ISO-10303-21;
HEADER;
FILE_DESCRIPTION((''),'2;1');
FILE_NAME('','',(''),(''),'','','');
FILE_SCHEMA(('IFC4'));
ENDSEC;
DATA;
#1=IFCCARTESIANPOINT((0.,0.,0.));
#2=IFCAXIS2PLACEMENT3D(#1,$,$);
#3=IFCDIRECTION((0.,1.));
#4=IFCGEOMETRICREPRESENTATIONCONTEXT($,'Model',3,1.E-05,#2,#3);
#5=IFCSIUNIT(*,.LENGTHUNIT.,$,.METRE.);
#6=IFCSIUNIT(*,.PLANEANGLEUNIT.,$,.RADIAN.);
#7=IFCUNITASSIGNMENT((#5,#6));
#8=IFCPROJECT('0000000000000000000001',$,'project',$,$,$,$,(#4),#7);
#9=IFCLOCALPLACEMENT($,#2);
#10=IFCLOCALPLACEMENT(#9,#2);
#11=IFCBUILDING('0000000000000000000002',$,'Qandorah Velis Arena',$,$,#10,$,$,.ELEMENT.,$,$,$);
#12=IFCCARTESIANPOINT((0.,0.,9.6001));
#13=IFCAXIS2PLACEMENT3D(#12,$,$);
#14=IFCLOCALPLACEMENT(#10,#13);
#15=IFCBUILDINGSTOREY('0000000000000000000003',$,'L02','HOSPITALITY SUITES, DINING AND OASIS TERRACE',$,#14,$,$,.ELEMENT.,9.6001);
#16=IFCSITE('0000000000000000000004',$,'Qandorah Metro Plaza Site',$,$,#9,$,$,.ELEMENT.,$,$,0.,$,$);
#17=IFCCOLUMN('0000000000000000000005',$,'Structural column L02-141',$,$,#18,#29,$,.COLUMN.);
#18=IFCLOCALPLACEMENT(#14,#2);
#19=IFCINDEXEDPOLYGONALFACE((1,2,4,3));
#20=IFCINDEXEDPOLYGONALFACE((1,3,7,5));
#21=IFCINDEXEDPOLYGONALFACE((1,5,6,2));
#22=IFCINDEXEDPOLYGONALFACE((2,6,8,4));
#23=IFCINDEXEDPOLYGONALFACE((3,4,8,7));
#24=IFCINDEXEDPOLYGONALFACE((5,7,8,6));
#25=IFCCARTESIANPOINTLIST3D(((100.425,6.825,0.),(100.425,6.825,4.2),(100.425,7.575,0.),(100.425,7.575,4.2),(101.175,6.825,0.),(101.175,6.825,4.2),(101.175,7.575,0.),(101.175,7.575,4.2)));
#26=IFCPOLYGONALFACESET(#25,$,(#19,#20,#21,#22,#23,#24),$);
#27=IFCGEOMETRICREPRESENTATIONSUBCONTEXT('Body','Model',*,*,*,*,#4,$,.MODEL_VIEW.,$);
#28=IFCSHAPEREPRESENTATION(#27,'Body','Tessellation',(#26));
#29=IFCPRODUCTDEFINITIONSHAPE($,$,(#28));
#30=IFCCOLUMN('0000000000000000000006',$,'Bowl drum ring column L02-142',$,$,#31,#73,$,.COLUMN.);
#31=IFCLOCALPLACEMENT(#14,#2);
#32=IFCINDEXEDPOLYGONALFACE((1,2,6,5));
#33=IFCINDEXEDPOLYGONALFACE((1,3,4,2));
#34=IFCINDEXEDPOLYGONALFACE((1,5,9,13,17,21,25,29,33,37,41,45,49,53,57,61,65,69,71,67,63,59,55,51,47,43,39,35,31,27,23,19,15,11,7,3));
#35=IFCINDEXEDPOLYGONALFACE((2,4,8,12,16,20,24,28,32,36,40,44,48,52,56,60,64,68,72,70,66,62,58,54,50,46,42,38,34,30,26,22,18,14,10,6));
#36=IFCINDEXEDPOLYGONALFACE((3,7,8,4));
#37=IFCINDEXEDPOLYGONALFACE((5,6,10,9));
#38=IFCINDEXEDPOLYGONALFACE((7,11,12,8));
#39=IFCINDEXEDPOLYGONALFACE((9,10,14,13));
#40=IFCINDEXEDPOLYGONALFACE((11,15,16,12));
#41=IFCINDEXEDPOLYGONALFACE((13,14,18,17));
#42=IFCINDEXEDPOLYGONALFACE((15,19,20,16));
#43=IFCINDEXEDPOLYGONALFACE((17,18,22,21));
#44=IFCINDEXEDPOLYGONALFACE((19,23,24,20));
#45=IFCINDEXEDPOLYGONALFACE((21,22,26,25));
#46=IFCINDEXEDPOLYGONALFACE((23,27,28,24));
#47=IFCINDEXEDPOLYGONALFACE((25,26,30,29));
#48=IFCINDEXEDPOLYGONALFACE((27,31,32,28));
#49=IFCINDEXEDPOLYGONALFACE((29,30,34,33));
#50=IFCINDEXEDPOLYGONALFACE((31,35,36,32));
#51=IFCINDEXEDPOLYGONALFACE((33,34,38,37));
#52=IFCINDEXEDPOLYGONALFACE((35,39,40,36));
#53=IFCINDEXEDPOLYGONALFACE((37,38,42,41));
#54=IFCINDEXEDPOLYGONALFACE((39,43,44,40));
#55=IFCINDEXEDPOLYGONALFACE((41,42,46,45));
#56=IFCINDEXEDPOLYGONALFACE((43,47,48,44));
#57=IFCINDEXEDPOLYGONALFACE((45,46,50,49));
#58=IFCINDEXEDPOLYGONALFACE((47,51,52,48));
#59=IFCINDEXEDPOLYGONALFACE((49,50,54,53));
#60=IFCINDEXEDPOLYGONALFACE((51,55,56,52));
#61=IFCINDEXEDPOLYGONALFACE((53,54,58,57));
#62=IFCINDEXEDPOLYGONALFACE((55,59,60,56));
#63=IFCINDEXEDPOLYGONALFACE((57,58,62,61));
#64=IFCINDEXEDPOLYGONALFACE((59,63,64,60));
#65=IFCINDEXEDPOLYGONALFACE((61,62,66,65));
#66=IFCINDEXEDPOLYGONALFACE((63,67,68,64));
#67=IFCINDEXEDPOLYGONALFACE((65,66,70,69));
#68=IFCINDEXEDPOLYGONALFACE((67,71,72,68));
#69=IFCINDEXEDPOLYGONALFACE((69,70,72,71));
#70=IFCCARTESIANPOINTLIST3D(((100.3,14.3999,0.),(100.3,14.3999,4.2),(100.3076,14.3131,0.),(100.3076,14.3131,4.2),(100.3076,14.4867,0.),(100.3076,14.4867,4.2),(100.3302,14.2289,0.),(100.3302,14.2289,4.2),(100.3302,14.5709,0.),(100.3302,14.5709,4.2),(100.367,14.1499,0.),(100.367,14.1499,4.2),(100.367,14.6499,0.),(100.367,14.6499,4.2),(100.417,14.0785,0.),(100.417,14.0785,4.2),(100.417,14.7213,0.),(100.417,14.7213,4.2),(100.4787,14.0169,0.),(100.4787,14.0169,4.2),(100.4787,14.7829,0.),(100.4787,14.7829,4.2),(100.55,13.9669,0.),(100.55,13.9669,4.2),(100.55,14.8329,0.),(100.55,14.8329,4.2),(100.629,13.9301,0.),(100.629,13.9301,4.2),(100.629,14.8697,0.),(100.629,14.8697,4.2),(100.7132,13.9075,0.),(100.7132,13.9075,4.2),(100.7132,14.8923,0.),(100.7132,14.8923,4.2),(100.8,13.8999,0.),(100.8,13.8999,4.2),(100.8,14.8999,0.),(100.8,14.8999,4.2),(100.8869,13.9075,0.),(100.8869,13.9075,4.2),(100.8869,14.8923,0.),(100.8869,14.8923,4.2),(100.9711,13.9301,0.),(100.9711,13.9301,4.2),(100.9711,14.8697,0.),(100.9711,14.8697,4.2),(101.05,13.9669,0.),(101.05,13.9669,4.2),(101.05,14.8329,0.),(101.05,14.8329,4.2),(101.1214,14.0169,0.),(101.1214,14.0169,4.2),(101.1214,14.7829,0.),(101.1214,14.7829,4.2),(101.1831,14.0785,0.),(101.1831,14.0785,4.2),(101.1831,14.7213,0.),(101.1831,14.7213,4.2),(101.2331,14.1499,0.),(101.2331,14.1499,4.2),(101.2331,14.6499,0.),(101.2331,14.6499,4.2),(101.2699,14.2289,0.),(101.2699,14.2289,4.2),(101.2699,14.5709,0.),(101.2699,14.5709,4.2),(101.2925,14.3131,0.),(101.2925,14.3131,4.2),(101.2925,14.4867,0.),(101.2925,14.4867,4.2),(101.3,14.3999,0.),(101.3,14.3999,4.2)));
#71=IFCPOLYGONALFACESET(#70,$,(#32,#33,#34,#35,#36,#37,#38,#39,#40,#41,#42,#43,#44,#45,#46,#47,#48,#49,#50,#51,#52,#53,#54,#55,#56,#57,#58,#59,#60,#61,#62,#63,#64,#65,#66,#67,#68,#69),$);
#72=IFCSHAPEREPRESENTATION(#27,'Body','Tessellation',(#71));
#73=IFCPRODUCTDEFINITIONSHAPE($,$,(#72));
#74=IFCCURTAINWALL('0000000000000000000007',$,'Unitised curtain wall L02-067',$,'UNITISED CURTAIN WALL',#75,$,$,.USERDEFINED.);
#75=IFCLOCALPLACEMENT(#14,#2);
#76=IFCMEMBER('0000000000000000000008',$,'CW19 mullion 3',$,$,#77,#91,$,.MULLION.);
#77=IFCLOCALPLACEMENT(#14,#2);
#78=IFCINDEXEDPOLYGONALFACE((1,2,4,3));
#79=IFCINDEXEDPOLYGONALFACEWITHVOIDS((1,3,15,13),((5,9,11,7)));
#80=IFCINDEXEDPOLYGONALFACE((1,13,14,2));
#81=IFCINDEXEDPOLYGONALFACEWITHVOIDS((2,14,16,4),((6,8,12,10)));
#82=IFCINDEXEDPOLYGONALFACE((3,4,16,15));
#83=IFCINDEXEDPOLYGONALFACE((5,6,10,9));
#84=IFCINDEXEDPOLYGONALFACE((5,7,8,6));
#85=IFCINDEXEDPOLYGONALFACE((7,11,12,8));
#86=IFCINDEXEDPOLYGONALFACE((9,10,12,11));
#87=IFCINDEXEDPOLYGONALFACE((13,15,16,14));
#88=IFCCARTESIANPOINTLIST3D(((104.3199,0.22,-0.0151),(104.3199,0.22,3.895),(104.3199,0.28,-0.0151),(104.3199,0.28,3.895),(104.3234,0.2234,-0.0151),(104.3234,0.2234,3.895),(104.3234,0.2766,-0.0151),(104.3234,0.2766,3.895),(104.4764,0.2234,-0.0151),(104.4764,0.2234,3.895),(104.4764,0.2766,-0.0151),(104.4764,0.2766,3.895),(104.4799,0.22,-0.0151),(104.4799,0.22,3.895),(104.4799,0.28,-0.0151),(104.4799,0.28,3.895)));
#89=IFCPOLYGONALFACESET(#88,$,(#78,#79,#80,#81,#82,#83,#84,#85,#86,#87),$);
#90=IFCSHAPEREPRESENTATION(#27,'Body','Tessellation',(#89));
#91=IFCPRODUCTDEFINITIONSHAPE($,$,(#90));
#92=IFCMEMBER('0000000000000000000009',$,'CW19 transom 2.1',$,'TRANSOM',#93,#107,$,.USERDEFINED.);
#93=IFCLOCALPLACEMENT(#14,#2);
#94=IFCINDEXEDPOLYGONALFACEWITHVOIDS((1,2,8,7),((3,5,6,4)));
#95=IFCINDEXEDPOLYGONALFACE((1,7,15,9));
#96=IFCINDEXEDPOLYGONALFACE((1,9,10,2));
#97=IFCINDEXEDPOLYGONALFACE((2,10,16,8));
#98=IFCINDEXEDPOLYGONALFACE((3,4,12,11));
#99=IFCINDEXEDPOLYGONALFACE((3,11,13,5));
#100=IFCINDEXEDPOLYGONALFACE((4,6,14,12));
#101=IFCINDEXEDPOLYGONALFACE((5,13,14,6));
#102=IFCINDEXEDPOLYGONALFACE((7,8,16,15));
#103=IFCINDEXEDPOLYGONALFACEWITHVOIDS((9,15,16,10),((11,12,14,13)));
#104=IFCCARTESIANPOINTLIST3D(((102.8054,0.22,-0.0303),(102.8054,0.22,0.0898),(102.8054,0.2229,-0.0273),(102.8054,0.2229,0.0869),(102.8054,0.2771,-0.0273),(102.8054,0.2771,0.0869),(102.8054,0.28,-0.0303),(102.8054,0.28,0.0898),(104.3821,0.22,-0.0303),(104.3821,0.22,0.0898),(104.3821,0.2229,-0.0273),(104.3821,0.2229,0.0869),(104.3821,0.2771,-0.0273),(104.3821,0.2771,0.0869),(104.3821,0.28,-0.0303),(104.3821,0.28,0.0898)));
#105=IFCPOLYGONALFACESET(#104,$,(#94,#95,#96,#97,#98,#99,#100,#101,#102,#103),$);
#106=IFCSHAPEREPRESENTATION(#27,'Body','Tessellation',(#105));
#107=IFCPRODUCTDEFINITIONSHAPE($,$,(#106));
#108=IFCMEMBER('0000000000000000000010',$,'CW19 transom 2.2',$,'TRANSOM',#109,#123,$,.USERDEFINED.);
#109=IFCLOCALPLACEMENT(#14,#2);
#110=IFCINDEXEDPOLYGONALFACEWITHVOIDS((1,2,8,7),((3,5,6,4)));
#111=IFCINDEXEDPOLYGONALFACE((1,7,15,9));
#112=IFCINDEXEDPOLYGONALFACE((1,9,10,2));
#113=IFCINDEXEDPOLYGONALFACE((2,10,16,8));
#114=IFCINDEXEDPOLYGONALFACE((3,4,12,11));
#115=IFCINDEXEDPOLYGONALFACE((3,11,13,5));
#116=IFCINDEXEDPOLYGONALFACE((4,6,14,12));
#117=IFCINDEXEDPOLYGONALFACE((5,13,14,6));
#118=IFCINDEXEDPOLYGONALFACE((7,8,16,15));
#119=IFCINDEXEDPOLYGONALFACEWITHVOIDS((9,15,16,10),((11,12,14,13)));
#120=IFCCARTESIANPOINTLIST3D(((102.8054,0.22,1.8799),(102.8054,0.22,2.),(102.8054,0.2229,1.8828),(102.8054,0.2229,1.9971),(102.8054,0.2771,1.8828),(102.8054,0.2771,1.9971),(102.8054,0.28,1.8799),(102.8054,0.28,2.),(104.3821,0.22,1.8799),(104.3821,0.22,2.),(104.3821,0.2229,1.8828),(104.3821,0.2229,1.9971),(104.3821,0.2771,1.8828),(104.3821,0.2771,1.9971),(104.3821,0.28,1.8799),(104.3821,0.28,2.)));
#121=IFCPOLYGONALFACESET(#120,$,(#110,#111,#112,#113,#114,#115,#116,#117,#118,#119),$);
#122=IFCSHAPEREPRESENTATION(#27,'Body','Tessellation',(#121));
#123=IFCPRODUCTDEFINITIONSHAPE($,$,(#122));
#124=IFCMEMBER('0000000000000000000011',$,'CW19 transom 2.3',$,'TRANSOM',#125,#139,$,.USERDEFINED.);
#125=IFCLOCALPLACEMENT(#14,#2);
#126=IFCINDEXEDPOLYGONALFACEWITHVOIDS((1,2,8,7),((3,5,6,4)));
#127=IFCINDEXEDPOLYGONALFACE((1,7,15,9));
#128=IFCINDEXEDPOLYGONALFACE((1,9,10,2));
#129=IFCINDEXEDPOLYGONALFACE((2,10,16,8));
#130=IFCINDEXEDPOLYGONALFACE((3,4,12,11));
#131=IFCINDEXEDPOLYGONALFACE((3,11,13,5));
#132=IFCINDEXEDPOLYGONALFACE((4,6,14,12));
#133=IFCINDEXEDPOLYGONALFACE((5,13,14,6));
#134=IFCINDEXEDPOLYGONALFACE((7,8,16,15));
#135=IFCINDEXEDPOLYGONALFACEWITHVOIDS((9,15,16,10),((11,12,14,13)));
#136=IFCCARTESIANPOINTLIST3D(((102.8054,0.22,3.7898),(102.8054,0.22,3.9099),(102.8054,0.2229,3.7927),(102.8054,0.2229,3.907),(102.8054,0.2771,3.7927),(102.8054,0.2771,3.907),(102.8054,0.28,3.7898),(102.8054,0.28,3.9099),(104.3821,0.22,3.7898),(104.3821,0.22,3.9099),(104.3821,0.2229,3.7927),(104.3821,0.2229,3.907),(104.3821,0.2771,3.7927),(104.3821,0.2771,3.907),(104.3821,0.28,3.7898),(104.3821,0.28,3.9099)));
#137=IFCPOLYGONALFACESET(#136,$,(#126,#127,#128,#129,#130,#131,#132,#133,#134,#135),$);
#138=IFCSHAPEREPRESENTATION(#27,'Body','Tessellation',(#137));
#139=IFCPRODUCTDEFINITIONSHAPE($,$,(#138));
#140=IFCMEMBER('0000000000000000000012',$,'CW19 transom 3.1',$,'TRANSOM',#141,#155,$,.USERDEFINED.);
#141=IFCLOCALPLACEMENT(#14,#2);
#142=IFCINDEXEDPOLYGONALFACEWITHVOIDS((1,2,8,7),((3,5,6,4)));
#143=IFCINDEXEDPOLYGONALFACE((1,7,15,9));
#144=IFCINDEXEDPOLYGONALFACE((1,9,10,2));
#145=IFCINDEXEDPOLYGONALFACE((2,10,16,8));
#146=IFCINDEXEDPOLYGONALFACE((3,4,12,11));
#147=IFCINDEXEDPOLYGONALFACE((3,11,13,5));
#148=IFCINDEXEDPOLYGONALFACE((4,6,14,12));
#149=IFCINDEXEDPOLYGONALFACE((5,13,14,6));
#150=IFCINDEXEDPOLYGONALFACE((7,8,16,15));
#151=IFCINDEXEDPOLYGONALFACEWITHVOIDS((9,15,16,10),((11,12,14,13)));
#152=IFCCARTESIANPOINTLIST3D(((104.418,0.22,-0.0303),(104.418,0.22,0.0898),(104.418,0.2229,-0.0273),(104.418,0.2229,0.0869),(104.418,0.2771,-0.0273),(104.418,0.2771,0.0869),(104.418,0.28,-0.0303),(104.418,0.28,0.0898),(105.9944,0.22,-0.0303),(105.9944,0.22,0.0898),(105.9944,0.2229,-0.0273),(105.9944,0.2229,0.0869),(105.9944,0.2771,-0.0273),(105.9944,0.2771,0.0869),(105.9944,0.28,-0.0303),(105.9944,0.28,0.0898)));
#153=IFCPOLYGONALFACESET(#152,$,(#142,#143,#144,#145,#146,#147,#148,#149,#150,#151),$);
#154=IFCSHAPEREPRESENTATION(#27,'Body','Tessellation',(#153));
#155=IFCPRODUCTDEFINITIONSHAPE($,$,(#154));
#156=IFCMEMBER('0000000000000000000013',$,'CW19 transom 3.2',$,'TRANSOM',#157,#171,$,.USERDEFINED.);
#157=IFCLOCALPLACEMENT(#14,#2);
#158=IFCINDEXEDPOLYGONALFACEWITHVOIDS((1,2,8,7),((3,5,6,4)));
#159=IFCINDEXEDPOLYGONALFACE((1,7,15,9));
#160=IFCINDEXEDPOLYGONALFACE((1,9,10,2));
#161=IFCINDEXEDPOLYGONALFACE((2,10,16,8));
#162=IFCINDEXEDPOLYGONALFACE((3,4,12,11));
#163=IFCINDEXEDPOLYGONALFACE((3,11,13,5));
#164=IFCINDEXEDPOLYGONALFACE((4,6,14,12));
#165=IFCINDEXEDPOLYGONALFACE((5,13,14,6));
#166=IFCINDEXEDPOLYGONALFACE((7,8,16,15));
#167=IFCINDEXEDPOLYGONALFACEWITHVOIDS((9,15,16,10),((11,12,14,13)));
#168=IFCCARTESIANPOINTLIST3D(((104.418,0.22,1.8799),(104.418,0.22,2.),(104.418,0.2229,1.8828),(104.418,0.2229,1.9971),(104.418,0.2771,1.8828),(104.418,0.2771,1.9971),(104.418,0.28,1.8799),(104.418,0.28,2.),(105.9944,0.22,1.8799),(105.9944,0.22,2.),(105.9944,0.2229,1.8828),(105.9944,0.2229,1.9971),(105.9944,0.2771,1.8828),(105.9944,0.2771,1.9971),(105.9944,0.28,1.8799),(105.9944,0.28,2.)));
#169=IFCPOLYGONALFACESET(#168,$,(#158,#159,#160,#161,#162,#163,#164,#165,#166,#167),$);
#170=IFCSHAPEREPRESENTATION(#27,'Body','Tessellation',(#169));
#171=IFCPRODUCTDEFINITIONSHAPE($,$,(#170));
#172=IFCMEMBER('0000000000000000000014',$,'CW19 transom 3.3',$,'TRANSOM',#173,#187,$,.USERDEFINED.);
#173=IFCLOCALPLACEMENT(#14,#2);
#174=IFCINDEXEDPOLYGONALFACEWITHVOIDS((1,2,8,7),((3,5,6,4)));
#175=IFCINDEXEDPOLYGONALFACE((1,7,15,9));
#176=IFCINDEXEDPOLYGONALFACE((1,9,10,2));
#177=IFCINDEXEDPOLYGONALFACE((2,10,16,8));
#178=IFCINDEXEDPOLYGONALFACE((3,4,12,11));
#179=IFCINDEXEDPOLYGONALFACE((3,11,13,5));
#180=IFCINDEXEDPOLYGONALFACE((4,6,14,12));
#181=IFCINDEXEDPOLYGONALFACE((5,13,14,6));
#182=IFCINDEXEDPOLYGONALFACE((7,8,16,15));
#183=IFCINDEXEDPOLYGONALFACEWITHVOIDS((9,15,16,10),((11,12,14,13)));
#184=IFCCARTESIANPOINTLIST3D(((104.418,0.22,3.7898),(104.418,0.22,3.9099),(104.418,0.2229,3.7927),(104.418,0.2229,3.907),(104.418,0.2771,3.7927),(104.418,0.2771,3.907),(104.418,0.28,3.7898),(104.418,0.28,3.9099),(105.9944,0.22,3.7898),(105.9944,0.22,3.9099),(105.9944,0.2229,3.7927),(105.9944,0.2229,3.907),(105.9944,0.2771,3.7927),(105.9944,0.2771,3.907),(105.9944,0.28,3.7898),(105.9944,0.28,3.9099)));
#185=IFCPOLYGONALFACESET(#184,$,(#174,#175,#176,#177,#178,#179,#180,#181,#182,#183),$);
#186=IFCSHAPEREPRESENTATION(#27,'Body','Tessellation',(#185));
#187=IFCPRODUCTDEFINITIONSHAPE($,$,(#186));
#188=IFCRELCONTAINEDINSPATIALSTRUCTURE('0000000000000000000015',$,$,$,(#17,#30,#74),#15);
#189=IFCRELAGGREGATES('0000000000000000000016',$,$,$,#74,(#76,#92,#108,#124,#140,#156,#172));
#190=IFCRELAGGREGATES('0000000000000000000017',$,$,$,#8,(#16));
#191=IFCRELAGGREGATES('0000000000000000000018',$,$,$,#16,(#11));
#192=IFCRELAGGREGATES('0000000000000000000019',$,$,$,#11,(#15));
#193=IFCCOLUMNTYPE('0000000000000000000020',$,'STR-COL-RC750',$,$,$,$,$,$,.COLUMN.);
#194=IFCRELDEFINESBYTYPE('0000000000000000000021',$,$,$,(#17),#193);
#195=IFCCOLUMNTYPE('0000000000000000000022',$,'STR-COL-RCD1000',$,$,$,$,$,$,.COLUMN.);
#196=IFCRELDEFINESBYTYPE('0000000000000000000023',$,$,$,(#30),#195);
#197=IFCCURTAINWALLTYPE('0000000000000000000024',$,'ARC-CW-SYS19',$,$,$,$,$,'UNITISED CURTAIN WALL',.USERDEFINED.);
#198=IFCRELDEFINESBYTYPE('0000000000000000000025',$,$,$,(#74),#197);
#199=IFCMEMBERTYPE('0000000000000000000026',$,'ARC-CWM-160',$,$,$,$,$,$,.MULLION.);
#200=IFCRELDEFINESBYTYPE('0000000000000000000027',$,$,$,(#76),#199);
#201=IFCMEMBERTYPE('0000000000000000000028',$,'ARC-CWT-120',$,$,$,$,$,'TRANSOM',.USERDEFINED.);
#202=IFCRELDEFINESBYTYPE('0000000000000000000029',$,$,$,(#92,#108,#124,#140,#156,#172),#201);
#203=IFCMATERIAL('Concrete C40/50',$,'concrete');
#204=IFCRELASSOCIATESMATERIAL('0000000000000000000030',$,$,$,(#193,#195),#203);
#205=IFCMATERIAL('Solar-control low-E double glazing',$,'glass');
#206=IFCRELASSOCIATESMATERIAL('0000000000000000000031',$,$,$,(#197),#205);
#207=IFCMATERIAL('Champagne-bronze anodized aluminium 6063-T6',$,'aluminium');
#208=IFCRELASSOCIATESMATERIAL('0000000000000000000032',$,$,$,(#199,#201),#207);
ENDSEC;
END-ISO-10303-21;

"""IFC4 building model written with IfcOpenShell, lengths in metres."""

from ifc_helpers import new_model, si_unit, direction, frame, origin, origin_2d, place, context, subcontext, project, spatial, rectangle, hollow_rectangle, circle, extrude, material, material_profile, profile_set, type_object, element, aggregate, save


model = new_model("IFC4")

# Units and contexts
model_context = context("Model", 3, precision=1e-05, world=origin(), true_north=direction((0.0, 1.0)))
body_context = subcontext(model_context, "Body", "Model", "MODEL_VIEW")
ifc_project = project(units=[si_unit("LENGTHUNIT", "METRE"), si_unit("PLANEANGLEUNIT", "RADIAN")], contexts=[model_context])

# Site, building, storey
site_placement = place(None, origin())
site = spatial("IfcSite", under=ifc_project, at=site_placement, Name="Qandorah Metro Plaza Site", CompositionType="ELEMENT", RefElevation=0.0)
building_placement = place(site_placement, origin())
building = spatial("IfcBuilding", under=site, at=building_placement, Name="Qandorah Velis Arena", CompositionType="ELEMENT")
storey_placement = place(building_placement, frame((0.0, 0.0, 9.6001)))
storey = spatial("IfcBuildingStorey", under=building, at=storey_placement, Name="L02", Description="HOSPITALITY SUITES, DINING AND OASIS TERRACE", CompositionType="ELEMENT", Elevation=9.6001)

# Columns
ifc_material_1 = material(Name="Concrete C40/50", Category="concrete")
ifc_material_profile_1 = material_profile(ifc_material_1, rectangle(XDim=0.75, YDim=0.75, at=origin_2d()), Name="RC COL 750x750")
ifc_profile_set_1 = profile_set([ifc_material_profile_1], Name="Concrete C40/50")
column_type_1 = type_object("IfcColumnType", Name="STR-COL-RC750", PredefinedType="COLUMN", material=ifc_profile_set_1)
column_1_placement = place(storey_placement, frame((100.8, 7.2, 0.0), z_axis=(0.0, 0.0, 1.0), x_axis=(1.0, 0.0, 0.0)))
element("IfcColumn", 1, at=column_1_placement, inside=storey, type_object=column_type_1, Name="Structural column L02-141", PredefinedType="COLUMN", context=body_context, shape_type="SweptSolid", body=[
    extrude(rectangle(XDim=0.75, YDim=0.75, at=origin_2d()), origin(), (0.0, 0.0, 1.0), 4.2),
])
ifc_material_profile_2 = material_profile(ifc_material_1, circle(Radius=0.5, at=origin_2d()), Name="RC D1000")
ifc_profile_set_2 = profile_set([ifc_material_profile_2], Name="Concrete C40/50")
column_type_2 = type_object("IfcColumnType", Name="STR-COL-RCD1000", PredefinedType="COLUMN", material=ifc_profile_set_2)
column_2_placement = place(storey_placement, frame((100.8, 14.3999, 0.0), z_axis=(0.0, 0.0, 1.0), x_axis=(1.0, 0.0, 0.0)))
element("IfcColumn", 2, at=column_2_placement, inside=storey, type_object=column_type_2, Name="Bowl drum ring column L02-142", PredefinedType="COLUMN", context=body_context, shape_type="SweptSolid", body=[
    extrude(circle(Radius=0.5, at=origin_2d()), origin(), (0.0, 0.0, 1.0), 4.2),
])

# Curtain wall, members
ifc_material_2 = material(Name="Solar-control low-E double glazing", Category="glass")
curtain_wall_type = type_object("IfcCurtainWallType", Name="ARC-CW-SYS19", ElementType="UNITISED CURTAIN WALL", PredefinedType="USERDEFINED", material=ifc_material_2)
curtain_wall_placement = place(storey_placement, origin())
curtain_wall = element("IfcCurtainWall", 3, at=curtain_wall_placement, inside=storey, type_object=curtain_wall_type, Name="Unitised curtain wall L02-067", ObjectType="UNITISED CURTAIN WALL", PredefinedType="USERDEFINED")
ifc_material_3 = material(Name="Champagne-bronze anodized aluminium 6063-T6", Category="aluminium")
ifc_material_profile_3 = material_profile(ifc_material_3, hollow_rectangle(XDim=0.0601, YDim=0.1599, WallThickness=0.0034, at=origin_2d()), Name="ALU MULLION 60x160")
ifc_profile_set_3 = profile_set([ifc_material_profile_3], Name="Champagne-bronze anodized aluminium 6063-T6")
member_type_1 = type_object("IfcMemberType", Name="ARC-CWM-160", PredefinedType="MULLION", material=ifc_profile_set_3)
member_1_placement = place(storey_placement, frame((104.3999, 0.25, -0.0151), z_axis=(0.0, 0.0, 1.0), x_axis=(0.0, 1.0, 0.0)))
member_1 = element("IfcMember", 4, at=member_1_placement, type_object=member_type_1, Name="CW19 mullion 3", PredefinedType="MULLION", context=body_context, shape_type="SweptSolid", body=[
    extrude(hollow_rectangle(XDim=0.0601, YDim=0.1599, WallThickness=0.0034, at=origin_2d()), origin(), (0.0, 0.0, 1.0), 3.9102),
])
ifc_material_profile_4 = material_profile(ifc_material_3, hollow_rectangle(XDim=0.0601, YDim=0.1201, WallThickness=0.0029, at=origin_2d()), Name="ALU TRANSOM 60x120")
ifc_profile_set_4 = profile_set([ifc_material_profile_4], Name="Champagne-bronze anodized aluminium 6063-T6")
member_type_2 = type_object("IfcMemberType", Name="ARC-CWT-120", ElementType="TRANSOM", PredefinedType="USERDEFINED", material=ifc_profile_set_4)
member_2_placement = place(storey_placement, frame((102.8054, 0.25, 0.0298), z_axis=(1.0, 0.0, 0.0), x_axis=(0.0, 1.0, 0.0)))
member_2 = element("IfcMember", 5, at=member_2_placement, type_object=member_type_2, Name="CW19 transom 2.1", ObjectType="TRANSOM", PredefinedType="USERDEFINED", context=body_context, shape_type="SweptSolid", body=[
    extrude(hollow_rectangle(XDim=0.0601, YDim=0.1201, WallThickness=0.0029, at=origin_2d()), origin(), (0.0, 0.0, 1.0), 1.5767),
])
member_3_placement = place(storey_placement, frame((102.8054, 0.25, 1.9399), z_axis=(1.0, 0.0, 0.0), x_axis=(0.0, 1.0, 0.0)))
member_3 = element("IfcMember", 6, at=member_3_placement, type_object=member_type_2, Name="CW19 transom 2.2", ObjectType="TRANSOM", PredefinedType="USERDEFINED", context=body_context, shape_type="SweptSolid", body=[
    extrude(hollow_rectangle(XDim=0.0601, YDim=0.1201, WallThickness=0.0029, at=origin_2d()), origin(), (0.0, 0.0, 1.0), 1.5767),
])
member_4_placement = place(storey_placement, frame((102.8054, 0.25, 3.8499), z_axis=(1.0, 0.0, 0.0), x_axis=(0.0, 1.0, 0.0)))
member_4 = element("IfcMember", 7, at=member_4_placement, type_object=member_type_2, Name="CW19 transom 2.3", ObjectType="TRANSOM", PredefinedType="USERDEFINED", context=body_context, shape_type="SweptSolid", body=[
    extrude(hollow_rectangle(XDim=0.0601, YDim=0.1201, WallThickness=0.0029, at=origin_2d()), origin(), (0.0, 0.0, 1.0), 1.5767),
])
member_5_placement = place(storey_placement, frame((104.418, 0.25, 0.0298), z_axis=(1.0, 0.0, 0.0), x_axis=(0.0, 1.0, 0.0)))
member_5 = element("IfcMember", 8, at=member_5_placement, type_object=member_type_2, Name="CW19 transom 3.1", ObjectType="TRANSOM", PredefinedType="USERDEFINED", context=body_context, shape_type="SweptSolid", body=[
    extrude(hollow_rectangle(XDim=0.0601, YDim=0.1201, WallThickness=0.0029, at=origin_2d()), origin(), (0.0, 0.0, 1.0), 1.5764),
])
member_6_placement = place(storey_placement, frame((104.418, 0.25, 1.9399), z_axis=(1.0, 0.0, 0.0), x_axis=(0.0, 1.0, 0.0)))
member_6 = element("IfcMember", 9, at=member_6_placement, type_object=member_type_2, Name="CW19 transom 3.2", ObjectType="TRANSOM", PredefinedType="USERDEFINED", context=body_context, shape_type="SweptSolid", body=[
    extrude(hollow_rectangle(XDim=0.0601, YDim=0.1201, WallThickness=0.0029, at=origin_2d()), origin(), (0.0, 0.0, 1.0), 1.5764),
])
member_7_placement = place(storey_placement, frame((104.418, 0.25, 3.8499), z_axis=(1.0, 0.0, 0.0), x_axis=(0.0, 1.0, 0.0)))
member_7 = element("IfcMember", 10, at=member_7_placement, type_object=member_type_2, Name="CW19 transom 3.3", ObjectType="TRANSOM", PredefinedType="USERDEFINED", context=body_context, shape_type="SweptSolid", body=[
    extrude(hollow_rectangle(XDim=0.0601, YDim=0.1201, WallThickness=0.0029, at=origin_2d()), origin(), (0.0, 0.0, 1.0), 1.5764),
])

aggregate(curtain_wall, [member_1, member_2, member_3, member_4, member_5, member_6, member_7])

save(model, "model.ifc")
